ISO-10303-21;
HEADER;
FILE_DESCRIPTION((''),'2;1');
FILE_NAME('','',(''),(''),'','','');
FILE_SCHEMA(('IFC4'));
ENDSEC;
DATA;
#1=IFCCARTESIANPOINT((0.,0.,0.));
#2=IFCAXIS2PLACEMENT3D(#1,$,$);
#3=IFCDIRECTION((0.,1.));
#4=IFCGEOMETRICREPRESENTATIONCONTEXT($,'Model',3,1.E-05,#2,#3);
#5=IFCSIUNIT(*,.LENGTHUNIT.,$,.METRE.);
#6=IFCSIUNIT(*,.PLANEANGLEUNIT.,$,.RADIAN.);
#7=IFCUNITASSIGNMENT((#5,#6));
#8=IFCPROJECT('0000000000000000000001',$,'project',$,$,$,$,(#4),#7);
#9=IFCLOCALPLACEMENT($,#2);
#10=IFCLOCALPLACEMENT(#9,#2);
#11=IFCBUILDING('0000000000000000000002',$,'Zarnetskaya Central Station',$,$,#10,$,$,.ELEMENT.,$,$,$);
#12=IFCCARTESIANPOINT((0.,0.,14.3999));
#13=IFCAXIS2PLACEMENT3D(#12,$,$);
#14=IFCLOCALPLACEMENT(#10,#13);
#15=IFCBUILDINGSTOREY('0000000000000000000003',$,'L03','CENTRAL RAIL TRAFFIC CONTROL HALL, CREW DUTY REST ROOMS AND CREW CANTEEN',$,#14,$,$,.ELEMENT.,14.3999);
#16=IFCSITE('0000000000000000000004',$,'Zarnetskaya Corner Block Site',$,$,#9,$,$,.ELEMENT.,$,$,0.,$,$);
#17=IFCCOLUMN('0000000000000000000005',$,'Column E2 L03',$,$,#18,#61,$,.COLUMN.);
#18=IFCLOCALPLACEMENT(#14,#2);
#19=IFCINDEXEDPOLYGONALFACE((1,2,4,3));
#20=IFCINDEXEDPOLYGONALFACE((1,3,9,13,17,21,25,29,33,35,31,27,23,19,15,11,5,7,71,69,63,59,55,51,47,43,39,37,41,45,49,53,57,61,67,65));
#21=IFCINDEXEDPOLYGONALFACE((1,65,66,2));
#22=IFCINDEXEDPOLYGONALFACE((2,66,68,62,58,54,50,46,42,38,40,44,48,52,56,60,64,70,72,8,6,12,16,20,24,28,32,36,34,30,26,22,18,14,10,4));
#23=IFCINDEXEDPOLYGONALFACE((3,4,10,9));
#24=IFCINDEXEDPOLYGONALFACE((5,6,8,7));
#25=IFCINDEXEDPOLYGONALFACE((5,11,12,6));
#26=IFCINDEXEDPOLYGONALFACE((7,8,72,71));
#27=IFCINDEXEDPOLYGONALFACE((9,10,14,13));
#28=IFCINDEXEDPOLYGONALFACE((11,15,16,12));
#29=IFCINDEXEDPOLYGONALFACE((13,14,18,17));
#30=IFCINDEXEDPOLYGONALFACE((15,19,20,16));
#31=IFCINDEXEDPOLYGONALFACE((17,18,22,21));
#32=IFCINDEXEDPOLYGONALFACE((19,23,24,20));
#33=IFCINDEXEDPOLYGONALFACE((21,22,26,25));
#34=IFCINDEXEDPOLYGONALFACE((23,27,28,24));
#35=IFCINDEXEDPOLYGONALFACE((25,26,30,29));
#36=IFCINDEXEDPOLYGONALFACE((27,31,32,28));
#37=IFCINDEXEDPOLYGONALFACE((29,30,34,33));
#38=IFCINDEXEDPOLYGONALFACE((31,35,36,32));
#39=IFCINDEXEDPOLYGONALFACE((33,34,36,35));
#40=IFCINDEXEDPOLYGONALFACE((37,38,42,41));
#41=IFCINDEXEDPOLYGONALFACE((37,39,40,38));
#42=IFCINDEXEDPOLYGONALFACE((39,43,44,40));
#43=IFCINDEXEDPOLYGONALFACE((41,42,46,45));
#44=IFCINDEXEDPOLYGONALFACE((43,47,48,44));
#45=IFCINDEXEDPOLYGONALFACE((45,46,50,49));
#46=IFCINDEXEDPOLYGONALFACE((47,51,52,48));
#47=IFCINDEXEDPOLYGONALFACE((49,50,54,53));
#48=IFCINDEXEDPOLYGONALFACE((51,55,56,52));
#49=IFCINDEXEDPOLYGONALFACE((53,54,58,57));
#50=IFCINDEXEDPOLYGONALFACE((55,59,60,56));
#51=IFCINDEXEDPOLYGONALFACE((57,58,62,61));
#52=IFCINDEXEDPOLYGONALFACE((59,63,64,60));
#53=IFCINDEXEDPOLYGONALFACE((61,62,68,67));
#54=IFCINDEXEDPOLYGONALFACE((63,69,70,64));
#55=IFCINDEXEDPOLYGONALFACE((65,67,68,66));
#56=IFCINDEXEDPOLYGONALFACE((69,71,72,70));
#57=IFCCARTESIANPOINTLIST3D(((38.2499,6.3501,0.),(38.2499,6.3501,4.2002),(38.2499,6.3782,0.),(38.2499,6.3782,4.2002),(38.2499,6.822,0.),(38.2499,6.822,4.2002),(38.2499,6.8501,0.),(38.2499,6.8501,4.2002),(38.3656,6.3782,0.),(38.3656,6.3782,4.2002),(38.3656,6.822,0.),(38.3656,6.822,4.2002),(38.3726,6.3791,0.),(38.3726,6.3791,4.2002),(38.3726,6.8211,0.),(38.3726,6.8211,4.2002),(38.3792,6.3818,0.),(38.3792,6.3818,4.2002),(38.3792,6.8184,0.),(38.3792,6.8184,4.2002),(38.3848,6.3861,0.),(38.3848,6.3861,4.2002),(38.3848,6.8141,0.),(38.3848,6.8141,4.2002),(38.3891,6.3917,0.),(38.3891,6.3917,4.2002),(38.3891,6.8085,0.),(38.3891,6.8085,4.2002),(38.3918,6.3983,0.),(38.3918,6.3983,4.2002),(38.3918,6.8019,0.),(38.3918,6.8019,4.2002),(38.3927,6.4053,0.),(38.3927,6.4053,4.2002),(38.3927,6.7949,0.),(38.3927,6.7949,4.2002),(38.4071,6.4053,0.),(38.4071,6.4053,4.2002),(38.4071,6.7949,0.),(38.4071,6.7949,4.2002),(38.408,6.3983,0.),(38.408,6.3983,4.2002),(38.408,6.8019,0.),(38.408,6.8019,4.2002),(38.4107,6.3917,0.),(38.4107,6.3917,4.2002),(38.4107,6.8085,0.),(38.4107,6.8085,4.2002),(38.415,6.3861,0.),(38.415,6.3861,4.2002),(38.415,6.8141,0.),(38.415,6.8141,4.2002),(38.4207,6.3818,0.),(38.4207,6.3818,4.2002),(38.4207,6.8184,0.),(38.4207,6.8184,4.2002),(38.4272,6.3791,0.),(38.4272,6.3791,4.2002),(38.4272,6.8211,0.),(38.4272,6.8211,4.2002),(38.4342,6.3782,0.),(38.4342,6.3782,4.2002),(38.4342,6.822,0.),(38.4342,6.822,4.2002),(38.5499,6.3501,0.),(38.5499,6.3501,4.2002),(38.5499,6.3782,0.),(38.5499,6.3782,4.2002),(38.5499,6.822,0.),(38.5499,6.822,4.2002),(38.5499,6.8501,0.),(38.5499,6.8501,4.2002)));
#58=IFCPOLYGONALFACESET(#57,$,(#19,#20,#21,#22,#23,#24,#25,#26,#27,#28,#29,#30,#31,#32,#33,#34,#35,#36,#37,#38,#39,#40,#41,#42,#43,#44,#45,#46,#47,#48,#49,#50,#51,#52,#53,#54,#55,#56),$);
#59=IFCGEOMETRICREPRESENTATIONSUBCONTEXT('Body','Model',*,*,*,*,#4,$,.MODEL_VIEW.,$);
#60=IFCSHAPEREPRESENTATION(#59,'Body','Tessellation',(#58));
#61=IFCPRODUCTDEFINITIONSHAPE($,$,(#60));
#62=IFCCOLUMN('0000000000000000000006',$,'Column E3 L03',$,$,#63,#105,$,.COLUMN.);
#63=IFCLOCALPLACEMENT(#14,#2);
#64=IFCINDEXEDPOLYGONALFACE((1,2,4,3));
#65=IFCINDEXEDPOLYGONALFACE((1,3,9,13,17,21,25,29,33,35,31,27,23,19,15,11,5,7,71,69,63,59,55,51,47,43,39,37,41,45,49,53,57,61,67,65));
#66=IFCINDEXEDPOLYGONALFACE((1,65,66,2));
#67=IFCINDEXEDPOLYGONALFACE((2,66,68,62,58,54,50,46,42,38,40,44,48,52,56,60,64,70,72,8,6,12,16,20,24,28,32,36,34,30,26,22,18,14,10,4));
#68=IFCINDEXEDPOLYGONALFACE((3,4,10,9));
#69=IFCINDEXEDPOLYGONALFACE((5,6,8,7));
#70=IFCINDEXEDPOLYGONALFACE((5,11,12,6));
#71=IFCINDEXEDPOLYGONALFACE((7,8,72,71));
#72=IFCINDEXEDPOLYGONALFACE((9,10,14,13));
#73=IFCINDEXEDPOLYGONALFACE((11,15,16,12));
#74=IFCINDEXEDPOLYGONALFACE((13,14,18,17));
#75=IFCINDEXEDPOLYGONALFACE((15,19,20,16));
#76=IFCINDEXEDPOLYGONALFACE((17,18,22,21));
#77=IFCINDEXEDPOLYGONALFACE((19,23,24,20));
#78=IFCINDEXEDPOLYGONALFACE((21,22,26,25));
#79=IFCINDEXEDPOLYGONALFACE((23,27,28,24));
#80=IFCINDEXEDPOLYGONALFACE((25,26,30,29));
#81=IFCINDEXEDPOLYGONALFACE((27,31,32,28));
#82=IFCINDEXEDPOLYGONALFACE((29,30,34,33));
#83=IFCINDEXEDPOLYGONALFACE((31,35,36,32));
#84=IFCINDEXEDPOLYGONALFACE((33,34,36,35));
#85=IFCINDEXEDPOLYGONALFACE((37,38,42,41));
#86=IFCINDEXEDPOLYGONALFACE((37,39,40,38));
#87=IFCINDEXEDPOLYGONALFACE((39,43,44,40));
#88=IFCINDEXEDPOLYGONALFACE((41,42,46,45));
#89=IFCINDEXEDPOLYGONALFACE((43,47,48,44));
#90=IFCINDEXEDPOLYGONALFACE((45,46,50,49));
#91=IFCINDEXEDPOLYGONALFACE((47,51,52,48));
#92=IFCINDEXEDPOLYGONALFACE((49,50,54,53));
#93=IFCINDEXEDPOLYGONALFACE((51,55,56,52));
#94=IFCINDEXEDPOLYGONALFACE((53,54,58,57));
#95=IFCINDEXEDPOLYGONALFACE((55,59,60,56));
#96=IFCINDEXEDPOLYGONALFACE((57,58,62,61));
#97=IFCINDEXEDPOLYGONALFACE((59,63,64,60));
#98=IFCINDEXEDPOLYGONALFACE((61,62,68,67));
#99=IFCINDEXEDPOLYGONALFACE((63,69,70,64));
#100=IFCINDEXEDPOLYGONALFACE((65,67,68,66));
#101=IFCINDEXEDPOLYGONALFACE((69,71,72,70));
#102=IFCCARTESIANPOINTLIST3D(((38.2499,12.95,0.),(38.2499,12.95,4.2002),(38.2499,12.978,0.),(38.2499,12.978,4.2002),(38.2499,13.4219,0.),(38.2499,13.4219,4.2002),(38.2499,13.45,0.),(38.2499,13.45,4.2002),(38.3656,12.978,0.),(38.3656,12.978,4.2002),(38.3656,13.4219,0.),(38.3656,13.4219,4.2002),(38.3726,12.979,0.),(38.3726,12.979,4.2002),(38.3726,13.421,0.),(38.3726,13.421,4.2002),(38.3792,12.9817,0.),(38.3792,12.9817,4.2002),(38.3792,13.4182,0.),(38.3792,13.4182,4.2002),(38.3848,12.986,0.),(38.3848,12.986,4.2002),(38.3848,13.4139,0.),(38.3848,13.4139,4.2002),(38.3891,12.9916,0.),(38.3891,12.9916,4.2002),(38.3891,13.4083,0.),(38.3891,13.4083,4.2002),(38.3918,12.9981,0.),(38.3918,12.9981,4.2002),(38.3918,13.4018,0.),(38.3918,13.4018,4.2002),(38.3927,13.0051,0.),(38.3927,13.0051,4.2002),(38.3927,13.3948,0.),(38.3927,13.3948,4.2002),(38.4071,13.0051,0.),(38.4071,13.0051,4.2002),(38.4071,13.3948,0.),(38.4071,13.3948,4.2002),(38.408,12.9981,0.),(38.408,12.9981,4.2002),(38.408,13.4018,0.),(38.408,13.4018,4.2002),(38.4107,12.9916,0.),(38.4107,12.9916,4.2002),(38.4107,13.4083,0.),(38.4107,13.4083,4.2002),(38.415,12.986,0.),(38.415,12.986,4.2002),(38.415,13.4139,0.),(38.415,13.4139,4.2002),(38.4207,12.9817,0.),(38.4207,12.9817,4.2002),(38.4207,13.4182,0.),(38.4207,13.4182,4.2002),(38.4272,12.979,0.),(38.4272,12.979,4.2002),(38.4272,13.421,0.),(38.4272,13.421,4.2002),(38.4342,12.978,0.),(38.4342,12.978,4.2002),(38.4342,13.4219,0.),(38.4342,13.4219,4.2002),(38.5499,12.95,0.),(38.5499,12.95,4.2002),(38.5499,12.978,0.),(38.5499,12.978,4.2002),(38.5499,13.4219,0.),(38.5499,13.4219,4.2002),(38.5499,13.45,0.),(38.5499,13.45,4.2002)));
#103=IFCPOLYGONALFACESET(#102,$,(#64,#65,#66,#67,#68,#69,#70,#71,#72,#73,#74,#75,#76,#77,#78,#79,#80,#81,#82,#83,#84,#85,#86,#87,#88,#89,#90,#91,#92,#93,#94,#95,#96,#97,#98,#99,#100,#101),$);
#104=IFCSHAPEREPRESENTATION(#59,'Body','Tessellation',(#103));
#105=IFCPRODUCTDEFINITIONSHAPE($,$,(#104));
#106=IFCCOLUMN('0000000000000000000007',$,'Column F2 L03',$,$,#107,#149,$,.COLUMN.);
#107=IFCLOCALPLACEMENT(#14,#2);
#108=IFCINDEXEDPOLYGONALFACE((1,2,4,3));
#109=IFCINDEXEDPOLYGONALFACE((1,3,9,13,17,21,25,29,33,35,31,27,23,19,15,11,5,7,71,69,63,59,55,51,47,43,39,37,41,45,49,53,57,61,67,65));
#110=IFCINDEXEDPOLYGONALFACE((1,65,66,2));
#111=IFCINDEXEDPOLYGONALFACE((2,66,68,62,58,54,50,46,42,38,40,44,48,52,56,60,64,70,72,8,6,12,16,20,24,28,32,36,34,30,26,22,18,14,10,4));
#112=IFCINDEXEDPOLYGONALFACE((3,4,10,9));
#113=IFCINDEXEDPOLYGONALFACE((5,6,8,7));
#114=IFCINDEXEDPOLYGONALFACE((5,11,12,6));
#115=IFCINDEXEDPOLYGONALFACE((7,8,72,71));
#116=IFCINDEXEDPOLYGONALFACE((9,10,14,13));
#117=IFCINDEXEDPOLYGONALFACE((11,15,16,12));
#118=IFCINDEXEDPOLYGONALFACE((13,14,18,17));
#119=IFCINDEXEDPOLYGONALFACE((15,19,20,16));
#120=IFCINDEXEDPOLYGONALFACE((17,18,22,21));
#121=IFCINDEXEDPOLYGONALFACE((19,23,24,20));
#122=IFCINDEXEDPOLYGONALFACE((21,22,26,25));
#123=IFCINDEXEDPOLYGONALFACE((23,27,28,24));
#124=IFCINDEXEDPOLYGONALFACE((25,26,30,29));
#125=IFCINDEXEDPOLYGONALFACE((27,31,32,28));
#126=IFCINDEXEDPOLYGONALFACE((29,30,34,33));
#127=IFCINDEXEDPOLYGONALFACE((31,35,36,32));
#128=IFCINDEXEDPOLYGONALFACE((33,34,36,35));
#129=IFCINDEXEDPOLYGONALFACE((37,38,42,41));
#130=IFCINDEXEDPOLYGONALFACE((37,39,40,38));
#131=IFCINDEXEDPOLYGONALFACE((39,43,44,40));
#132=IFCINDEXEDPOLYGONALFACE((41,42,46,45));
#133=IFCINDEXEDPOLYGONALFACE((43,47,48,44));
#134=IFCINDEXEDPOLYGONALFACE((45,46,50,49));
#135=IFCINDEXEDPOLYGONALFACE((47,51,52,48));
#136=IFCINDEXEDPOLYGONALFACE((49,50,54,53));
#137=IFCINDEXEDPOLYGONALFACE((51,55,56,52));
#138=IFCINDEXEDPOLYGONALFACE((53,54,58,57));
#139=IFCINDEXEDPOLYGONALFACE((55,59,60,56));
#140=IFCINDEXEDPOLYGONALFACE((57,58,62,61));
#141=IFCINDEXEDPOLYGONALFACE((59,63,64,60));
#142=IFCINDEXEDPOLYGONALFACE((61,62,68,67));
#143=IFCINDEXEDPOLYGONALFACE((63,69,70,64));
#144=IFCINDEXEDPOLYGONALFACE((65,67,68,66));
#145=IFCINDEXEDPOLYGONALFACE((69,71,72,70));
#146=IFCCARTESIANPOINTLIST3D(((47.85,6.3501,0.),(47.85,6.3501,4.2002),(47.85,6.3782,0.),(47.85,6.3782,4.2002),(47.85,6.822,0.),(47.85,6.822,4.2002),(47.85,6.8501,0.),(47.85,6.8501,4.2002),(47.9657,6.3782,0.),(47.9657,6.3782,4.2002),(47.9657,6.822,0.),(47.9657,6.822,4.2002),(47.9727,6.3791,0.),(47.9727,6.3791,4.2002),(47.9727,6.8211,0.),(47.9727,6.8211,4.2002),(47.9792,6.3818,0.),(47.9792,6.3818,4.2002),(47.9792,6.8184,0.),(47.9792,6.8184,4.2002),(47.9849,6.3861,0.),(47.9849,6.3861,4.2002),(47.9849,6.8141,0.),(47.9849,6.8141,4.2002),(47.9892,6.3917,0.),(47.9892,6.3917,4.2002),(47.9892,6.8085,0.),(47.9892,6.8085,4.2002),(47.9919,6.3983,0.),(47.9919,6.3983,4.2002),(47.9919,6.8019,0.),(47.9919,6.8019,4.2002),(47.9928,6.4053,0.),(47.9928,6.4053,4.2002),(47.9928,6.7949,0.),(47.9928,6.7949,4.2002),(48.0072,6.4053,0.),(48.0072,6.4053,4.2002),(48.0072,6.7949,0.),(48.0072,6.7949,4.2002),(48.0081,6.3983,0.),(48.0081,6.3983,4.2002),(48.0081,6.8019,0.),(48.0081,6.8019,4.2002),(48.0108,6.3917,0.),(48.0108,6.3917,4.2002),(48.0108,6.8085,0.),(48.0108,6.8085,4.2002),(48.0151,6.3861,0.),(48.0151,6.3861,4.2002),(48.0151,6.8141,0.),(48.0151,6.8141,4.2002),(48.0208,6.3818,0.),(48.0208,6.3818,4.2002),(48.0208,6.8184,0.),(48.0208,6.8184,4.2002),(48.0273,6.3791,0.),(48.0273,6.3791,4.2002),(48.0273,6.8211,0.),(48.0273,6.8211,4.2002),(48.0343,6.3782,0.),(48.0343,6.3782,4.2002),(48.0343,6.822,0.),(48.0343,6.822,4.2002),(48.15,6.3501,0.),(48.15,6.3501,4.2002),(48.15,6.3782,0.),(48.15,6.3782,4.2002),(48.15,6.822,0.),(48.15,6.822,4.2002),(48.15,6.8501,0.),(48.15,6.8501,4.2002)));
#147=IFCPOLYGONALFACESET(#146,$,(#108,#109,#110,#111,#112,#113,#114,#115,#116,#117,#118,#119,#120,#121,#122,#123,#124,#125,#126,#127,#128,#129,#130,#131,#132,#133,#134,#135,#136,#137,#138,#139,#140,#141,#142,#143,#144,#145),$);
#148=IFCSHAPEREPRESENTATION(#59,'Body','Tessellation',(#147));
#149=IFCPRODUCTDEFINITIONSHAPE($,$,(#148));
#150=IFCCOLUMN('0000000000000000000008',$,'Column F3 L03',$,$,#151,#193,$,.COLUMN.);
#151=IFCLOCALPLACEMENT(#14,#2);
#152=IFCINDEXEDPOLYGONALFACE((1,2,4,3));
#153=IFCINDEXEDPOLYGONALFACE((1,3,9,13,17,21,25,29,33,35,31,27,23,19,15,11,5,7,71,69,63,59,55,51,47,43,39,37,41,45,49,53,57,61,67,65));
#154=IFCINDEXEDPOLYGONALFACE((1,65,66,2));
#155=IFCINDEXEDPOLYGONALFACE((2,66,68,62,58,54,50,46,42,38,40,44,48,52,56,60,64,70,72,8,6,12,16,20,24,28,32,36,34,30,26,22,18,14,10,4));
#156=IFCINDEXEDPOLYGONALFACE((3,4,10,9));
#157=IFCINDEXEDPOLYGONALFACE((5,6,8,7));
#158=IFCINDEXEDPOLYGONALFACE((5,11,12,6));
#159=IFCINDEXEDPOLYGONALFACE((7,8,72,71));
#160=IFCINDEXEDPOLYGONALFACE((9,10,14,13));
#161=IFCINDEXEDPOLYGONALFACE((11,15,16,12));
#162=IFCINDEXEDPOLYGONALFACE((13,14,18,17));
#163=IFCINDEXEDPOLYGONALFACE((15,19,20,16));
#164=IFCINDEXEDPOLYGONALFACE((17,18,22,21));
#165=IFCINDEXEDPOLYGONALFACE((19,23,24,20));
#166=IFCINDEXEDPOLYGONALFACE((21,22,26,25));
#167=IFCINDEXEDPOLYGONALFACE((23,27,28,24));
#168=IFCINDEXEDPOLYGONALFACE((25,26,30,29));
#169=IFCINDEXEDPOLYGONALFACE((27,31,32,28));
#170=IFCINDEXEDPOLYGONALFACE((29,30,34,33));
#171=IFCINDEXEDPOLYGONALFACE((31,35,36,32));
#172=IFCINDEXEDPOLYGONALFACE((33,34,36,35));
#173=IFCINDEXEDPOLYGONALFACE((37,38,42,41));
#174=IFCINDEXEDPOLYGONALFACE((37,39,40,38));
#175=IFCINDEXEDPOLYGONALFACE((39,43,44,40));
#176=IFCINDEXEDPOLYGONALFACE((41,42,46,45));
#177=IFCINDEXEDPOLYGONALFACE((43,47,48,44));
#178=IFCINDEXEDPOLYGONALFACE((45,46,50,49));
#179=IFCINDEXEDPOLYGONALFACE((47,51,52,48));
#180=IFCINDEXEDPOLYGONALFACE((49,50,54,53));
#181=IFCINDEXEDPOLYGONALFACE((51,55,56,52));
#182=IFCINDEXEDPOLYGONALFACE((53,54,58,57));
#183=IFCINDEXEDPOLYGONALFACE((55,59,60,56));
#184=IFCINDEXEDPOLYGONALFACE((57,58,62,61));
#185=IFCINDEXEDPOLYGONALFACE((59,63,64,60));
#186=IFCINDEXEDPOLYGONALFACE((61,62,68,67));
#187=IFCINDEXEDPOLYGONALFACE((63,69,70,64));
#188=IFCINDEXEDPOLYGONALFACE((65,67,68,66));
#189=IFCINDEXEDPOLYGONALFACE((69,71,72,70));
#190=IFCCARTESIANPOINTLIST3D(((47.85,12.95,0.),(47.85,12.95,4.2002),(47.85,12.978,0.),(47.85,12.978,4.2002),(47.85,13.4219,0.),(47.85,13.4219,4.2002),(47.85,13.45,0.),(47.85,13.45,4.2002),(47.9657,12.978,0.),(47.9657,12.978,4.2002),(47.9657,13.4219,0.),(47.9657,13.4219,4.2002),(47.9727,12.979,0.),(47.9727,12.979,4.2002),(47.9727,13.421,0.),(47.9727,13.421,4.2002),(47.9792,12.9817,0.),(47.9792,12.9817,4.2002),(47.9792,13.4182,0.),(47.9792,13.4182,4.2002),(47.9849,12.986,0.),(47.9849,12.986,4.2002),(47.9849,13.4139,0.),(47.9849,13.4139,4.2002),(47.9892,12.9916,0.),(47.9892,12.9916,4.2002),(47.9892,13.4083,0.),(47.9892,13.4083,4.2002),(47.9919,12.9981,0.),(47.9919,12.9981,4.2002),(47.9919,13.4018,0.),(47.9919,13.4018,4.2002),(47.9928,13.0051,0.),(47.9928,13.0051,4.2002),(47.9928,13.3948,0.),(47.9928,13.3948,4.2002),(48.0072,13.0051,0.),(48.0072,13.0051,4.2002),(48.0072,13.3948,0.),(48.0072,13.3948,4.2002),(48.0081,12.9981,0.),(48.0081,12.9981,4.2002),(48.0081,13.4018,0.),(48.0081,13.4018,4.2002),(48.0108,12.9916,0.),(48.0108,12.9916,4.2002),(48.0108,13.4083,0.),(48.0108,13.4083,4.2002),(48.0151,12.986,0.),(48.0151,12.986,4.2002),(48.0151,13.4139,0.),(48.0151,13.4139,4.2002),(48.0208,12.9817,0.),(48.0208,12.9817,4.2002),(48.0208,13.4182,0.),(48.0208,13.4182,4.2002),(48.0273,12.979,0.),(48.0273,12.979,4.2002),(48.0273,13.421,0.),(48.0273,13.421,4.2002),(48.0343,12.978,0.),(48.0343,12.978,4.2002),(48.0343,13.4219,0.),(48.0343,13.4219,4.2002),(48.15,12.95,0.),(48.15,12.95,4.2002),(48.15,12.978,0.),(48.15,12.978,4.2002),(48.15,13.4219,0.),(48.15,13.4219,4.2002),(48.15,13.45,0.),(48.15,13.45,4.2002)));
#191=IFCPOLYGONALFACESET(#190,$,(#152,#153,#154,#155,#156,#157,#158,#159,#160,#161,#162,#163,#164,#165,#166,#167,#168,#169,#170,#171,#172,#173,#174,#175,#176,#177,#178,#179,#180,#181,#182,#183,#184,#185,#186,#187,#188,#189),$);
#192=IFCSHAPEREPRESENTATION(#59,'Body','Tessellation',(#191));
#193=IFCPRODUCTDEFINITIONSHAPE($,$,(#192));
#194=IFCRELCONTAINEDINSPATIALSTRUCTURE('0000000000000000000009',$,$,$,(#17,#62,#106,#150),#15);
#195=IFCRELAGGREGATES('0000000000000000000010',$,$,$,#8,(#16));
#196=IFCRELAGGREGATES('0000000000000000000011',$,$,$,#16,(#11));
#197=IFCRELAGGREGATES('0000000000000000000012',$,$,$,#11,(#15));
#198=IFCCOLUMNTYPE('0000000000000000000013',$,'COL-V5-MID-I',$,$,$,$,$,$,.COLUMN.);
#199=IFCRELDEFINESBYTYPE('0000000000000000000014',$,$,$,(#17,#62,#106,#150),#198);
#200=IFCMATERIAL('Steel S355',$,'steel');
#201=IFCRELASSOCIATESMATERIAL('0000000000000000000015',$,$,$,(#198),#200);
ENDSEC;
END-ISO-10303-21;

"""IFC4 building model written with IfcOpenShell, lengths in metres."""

from ifc_helpers import new_model, si_unit, direction, frame, origin, origin_2d, place, context, subcontext, project, spatial, i_section, extrude, material, material_profile, profile_set, type_object, element, save


model = new_model("IFC4")

# Units and contexts
model_context = context("Model", 3, precision=1e-05, world=origin(), true_north=direction((0.0, 1.0)))
body_context = subcontext(model_context, "Body", "Model", "MODEL_VIEW")
ifc_project = project(units=[si_unit("LENGTHUNIT", "METRE"), si_unit("PLANEANGLEUNIT", "RADIAN")], contexts=[model_context])

# Site, building, storey
site_placement = place(None, origin())
site = spatial("IfcSite", under=ifc_project, at=site_placement, Name="Zarnetskaya Corner Block Site", CompositionType="ELEMENT", RefElevation=0.0)
building_placement = place(site_placement, origin())
building = spatial("IfcBuilding", under=site, at=building_placement, Name="Zarnetskaya Central Station", CompositionType="ELEMENT")
storey_placement = place(building_placement, frame((0.0, 0.0, 14.3999)))
storey = spatial("IfcBuildingStorey", under=building, at=storey_placement, Name="L03", Description="CENTRAL RAIL TRAFFIC CONTROL HALL, CREW DUTY REST ROOMS AND CREW CANTEEN", CompositionType="ELEMENT", Elevation=14.3999)

# Columns
ifc_material_1 = material(Name="Steel S355", Category="steel")
ifc_material_profile_1 = material_profile(ifc_material_1, i_section(OverallWidth=0.3, OverallDepth=0.5, WebThickness=0.0144, FlangeThickness=0.0281, FilletRadius=0.0271, at=origin_2d()), Name="HEB 500")
ifc_profile_set_1 = profile_set([ifc_material_profile_1], Name="Steel S355")
column_type = type_object("IfcColumnType", Name="COL-V5-MID-I", PredefinedType="COLUMN", material=ifc_profile_set_1)
for number, where, z_axis, x_axis, name in (
    (1, (38.3999, 6.6001, 0.0), (0.0, 0.0, 1.0), (1.0, 0.0, 0.0), "Column E2 L03"),
    (2, (38.3999, 13.2, 0.0), (0.0, 0.0, 1.0), (1.0, 0.0, 0.0), "Column E3 L03"),
    (3, (48.0, 6.6001, 0.0), (0.0, 0.0, 1.0), (1.0, 0.0, 0.0), "Column F2 L03"),
    (4, (48.0, 13.2, 0.0), (0.0, 0.0, 1.0), (1.0, 0.0, 0.0), "Column F3 L03"),
):
    element("IfcColumn", number, at=place(storey_placement, frame(where, z_axis=z_axis, x_axis=x_axis)), inside=storey, type_object=column_type, Name=name, PredefinedType="COLUMN", context=body_context, shape_type="SweptSolid", body=[
        extrude(i_section(OverallWidth=0.3, OverallDepth=0.5, WebThickness=0.0144, FlangeThickness=0.0281, FilletRadius=0.0271, at=origin_2d()), origin(), (0.0, 0.0, 1.0), 4.2002),
    ])

save(model, "model.ifc")
